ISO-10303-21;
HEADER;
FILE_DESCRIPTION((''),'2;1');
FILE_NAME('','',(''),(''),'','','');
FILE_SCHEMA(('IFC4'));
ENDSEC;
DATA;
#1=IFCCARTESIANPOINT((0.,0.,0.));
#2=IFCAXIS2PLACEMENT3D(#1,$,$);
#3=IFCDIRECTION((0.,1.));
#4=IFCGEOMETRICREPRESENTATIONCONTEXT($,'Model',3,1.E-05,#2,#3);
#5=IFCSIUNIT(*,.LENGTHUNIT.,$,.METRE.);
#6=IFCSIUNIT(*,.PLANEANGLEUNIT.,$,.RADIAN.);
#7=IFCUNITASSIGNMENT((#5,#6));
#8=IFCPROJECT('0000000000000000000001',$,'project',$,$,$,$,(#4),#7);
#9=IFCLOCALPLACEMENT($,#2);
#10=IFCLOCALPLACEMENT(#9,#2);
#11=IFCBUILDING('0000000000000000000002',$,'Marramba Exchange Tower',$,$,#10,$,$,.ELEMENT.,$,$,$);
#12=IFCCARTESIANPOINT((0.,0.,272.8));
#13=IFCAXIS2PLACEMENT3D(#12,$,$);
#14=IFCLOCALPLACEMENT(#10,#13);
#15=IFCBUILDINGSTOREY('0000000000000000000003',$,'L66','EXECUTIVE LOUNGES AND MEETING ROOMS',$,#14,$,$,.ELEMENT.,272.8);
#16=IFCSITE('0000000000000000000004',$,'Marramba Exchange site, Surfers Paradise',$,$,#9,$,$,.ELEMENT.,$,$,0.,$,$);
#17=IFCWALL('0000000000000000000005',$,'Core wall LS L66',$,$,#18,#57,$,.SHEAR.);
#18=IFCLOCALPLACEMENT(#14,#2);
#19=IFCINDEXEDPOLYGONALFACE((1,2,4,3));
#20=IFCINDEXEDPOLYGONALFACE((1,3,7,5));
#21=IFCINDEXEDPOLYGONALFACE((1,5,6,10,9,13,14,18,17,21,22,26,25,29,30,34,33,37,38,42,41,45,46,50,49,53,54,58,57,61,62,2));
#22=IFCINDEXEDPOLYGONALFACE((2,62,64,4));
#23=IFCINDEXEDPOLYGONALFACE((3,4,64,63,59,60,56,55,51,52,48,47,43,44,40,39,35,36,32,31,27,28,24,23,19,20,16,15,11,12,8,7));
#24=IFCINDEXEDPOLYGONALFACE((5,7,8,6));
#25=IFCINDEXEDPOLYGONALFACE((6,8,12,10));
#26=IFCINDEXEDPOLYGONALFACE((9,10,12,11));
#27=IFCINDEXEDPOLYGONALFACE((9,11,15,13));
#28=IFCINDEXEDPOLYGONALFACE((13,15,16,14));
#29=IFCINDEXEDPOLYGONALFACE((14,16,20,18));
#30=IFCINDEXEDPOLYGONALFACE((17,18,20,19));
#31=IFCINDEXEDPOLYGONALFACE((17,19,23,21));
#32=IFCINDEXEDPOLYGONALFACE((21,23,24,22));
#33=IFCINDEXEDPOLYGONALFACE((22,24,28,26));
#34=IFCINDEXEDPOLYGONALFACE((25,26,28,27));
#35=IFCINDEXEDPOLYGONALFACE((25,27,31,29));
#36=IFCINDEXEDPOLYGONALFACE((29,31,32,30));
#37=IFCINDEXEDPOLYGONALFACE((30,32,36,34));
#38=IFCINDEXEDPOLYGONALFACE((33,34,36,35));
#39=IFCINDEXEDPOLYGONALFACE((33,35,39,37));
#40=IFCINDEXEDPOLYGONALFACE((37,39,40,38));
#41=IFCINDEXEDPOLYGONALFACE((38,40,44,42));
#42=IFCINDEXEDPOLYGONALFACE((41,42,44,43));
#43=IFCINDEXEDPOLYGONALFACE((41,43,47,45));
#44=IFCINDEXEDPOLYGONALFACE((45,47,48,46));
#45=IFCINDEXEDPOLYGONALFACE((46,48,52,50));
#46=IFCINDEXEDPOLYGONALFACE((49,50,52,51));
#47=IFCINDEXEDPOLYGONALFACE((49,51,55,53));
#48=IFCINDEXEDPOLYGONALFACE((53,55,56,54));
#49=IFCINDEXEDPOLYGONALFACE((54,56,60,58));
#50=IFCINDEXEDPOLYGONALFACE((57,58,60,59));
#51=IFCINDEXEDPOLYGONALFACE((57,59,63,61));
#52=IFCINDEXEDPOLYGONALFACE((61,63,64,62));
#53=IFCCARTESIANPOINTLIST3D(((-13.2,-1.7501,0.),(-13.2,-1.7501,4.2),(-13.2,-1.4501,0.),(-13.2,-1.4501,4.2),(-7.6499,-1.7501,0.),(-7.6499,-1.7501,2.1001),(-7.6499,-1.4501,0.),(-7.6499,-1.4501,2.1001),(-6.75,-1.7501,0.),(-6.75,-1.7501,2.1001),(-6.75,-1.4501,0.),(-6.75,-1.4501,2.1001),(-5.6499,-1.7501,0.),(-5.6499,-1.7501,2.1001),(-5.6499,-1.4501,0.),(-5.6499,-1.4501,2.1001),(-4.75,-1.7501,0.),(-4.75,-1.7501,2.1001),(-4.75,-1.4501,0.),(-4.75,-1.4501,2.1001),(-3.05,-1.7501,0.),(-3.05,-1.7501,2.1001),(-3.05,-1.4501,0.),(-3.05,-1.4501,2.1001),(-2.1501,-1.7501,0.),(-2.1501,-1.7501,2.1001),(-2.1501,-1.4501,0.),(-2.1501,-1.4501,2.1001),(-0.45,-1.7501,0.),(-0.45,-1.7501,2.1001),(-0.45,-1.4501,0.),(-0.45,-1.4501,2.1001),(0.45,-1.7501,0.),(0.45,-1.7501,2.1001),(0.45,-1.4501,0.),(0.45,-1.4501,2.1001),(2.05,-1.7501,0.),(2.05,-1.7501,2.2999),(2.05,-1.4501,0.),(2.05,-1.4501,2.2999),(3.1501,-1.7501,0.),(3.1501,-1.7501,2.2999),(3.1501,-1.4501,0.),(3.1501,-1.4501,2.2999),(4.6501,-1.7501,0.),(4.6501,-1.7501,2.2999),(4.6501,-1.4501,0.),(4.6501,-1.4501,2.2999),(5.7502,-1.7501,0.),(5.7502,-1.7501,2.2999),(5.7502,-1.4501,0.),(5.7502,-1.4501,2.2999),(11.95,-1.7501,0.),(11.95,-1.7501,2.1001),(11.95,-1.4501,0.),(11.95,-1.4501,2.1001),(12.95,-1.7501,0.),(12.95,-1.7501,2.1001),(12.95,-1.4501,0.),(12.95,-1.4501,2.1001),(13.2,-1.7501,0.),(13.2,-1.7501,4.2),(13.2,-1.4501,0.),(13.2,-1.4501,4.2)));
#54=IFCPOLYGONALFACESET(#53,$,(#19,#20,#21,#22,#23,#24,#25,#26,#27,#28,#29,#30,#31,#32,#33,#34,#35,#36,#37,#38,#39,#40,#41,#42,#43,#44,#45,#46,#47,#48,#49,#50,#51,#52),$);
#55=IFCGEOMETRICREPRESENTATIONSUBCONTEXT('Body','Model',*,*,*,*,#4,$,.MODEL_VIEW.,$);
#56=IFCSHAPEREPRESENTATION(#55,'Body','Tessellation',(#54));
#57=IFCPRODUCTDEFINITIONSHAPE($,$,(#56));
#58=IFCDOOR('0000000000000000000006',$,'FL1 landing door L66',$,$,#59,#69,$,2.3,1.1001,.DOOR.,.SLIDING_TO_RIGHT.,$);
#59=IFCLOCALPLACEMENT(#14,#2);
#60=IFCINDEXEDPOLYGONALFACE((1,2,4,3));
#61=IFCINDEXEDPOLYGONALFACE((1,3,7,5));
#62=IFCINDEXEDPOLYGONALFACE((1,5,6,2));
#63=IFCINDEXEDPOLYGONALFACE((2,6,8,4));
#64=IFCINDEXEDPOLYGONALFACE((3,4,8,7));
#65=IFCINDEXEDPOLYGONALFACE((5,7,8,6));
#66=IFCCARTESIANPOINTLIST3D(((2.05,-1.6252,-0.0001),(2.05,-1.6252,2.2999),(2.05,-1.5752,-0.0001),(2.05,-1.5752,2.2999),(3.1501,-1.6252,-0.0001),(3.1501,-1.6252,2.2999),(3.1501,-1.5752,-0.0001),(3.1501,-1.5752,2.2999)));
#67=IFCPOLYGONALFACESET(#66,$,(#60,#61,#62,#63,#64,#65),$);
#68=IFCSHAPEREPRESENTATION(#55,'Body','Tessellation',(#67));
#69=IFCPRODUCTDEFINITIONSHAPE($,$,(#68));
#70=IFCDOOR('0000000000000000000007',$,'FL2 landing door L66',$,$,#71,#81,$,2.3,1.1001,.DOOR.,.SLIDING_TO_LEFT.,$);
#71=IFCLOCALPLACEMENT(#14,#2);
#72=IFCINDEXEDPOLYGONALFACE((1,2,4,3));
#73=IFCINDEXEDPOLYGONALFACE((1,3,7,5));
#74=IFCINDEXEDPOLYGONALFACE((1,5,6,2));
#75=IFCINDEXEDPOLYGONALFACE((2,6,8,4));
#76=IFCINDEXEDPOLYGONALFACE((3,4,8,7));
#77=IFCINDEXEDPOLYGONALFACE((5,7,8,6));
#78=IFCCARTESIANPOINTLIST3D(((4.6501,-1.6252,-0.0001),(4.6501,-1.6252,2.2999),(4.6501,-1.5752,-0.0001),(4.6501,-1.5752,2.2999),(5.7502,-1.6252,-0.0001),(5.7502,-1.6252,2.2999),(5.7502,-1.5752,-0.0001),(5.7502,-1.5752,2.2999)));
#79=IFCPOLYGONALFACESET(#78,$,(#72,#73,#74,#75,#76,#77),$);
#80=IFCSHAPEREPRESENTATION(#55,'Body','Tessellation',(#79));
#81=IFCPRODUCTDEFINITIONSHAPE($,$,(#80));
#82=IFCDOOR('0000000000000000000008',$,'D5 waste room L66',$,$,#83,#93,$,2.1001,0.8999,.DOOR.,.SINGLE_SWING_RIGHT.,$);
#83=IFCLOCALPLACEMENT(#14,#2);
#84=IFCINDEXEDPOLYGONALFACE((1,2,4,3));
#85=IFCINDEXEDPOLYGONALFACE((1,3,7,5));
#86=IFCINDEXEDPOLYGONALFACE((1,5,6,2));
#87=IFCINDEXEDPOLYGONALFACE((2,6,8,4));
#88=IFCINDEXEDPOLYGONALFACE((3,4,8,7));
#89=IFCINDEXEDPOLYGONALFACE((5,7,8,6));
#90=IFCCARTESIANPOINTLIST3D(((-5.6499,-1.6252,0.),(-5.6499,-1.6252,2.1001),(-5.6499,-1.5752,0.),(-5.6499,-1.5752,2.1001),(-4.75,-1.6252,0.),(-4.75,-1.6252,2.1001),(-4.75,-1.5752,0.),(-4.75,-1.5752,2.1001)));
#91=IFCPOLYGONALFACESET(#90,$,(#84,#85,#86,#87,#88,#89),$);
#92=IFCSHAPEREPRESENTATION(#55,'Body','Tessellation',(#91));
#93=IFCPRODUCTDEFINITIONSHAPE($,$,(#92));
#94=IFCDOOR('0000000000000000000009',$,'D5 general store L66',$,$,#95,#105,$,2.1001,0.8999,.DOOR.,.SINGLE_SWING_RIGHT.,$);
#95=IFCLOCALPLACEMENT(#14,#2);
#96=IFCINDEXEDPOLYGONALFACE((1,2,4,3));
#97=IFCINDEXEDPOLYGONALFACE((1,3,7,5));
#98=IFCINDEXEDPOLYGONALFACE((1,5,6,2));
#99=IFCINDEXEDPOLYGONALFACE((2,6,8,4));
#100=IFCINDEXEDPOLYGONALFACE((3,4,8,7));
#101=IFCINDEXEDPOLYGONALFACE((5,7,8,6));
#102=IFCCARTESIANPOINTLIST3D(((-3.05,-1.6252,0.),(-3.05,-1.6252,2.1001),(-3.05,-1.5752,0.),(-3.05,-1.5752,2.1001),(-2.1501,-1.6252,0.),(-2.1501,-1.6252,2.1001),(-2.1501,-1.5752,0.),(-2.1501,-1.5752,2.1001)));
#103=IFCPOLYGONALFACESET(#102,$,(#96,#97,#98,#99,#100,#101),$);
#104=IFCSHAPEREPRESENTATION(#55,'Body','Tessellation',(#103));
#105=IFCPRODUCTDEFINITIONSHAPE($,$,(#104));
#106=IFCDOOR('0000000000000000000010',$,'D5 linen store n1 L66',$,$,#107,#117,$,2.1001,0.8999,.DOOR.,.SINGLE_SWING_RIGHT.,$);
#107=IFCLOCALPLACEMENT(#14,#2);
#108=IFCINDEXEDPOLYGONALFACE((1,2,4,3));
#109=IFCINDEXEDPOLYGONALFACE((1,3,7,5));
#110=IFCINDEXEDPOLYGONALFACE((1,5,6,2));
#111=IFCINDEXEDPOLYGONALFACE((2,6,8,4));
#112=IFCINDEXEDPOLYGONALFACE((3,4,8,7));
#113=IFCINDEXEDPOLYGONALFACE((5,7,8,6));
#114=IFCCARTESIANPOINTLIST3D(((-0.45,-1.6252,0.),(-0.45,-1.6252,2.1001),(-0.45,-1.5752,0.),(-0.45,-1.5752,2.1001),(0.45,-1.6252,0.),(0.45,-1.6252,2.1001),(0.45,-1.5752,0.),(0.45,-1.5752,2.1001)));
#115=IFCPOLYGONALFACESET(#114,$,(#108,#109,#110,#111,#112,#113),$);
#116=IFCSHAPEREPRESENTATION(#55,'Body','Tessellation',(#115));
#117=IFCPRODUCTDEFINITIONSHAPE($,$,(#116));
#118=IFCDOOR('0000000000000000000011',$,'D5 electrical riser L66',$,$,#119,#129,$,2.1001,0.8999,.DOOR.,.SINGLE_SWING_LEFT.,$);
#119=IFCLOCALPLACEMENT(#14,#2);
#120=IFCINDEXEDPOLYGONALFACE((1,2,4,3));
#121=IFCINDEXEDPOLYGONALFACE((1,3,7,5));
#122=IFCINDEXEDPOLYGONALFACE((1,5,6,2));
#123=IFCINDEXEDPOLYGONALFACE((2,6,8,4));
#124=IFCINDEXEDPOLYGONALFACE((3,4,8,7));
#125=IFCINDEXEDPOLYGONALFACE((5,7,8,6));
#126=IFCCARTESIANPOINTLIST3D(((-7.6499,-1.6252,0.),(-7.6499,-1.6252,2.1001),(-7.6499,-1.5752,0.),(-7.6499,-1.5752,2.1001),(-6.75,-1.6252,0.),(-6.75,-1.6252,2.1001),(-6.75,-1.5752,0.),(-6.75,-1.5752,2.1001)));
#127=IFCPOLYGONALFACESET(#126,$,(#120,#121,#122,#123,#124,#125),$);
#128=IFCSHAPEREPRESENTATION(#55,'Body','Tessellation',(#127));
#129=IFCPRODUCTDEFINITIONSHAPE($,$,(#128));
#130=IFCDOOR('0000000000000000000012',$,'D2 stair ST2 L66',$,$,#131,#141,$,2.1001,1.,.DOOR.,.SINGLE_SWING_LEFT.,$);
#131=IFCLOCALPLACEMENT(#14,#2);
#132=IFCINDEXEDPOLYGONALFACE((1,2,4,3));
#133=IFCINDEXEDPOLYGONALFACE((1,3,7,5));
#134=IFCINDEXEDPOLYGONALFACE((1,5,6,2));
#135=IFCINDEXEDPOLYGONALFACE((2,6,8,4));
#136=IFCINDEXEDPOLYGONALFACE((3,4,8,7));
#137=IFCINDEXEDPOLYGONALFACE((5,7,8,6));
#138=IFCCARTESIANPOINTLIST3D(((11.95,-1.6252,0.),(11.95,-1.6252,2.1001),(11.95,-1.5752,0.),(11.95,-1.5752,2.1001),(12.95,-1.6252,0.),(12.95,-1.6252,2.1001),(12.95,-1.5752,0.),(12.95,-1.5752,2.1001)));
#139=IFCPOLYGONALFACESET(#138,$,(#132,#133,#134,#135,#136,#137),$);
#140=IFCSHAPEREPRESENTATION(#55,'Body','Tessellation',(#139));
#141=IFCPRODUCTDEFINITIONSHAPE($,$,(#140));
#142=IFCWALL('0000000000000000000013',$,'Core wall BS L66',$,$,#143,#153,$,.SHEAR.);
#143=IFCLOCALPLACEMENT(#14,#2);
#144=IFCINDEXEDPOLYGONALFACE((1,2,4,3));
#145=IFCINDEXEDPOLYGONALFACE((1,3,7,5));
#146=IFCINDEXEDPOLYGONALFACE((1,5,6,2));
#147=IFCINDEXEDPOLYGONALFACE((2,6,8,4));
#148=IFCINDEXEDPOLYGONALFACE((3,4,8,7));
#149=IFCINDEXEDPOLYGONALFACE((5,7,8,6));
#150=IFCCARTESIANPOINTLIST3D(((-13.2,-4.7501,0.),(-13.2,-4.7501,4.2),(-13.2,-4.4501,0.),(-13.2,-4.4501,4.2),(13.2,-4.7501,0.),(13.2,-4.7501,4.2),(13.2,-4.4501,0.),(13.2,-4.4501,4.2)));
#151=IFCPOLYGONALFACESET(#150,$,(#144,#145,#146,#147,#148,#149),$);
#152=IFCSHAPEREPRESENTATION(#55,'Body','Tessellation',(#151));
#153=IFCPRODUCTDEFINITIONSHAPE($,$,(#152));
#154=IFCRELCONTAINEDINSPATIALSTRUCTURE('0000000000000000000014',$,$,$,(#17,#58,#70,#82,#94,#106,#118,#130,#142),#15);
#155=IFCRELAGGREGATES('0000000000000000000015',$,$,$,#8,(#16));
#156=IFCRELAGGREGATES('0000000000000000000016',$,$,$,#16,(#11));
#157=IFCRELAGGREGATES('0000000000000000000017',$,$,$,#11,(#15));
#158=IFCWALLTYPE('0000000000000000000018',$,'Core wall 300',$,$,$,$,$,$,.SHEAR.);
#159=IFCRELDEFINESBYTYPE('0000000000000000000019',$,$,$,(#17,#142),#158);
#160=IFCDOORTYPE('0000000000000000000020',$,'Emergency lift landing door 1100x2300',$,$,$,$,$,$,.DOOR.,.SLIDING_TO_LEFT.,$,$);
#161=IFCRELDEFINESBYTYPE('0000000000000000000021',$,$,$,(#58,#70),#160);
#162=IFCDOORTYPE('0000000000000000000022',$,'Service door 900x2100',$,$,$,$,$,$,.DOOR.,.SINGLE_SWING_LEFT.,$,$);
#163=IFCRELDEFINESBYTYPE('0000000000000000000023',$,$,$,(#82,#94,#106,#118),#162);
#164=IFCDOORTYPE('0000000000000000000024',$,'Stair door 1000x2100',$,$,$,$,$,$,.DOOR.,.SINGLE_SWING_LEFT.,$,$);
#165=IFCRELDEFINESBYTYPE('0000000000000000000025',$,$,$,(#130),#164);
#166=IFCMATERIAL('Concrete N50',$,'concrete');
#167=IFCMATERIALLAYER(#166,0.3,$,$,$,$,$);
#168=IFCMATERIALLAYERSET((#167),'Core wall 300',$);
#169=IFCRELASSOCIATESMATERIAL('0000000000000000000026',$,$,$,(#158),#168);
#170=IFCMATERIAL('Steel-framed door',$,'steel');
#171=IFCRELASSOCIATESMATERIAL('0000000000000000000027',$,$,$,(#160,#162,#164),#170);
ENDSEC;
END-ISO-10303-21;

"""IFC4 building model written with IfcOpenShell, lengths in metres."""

from ifc_helpers import new_model, si_unit, direction, frame, frame_2d, origin, place, context, subcontext, project, spatial, rectangle, extrude, material, layer, layer_set, type_object, element, fill, save


model = new_model("IFC4")

# Units and contexts
model_context = context("Model", 3, precision=1e-05, world=origin(), true_north=direction((0.0, 1.0)))
body_context = subcontext(model_context, "Body", "Model", "MODEL_VIEW")
ifc_project = project(units=[si_unit("LENGTHUNIT", "METRE"), si_unit("PLANEANGLEUNIT", "RADIAN")], contexts=[model_context])

# Site, building, storey
site_placement = place(None, origin())
site = spatial("IfcSite", under=ifc_project, at=site_placement, Name="Marramba Exchange site, Surfers Paradise", CompositionType="ELEMENT", RefElevation=0.0)
building_placement = place(site_placement, origin())
building = spatial("IfcBuilding", under=site, at=building_placement, Name="Marramba Exchange Tower", CompositionType="ELEMENT")
storey_placement = place(building_placement, frame((0.0, 0.0, 272.8)))
storey = spatial("IfcBuildingStorey", under=building, at=storey_placement, Name="L66", Description="EXECUTIVE LOUNGES AND MEETING ROOMS", CompositionType="ELEMENT", Elevation=272.8)

# Shared definitions
ifc_material_1 = material(Name="Concrete N50", Category="concrete")

# Wall, openings, doors
ifc_layer_1 = layer(ifc_material_1, 0.3)
ifc_layer_set_1 = layer_set([ifc_layer_1], Name="Core wall 300")
wall_type_1 = type_object("IfcWallType", Name="Core wall 300", PredefinedType="SHEAR", material=ifc_layer_set_1)
wall_1_placement = place(storey_placement, frame((-13.2, -1.6001, 0.0), z_axis=(0.0, 0.0, 1.0), x_axis=(1.0, 0.0, 0.0)))
wall_1 = element("IfcWall", 1, at=wall_1_placement, inside=storey, type_object=wall_type_1, Name="Core wall LS L66", PredefinedType="SHEAR", context=body_context, shape_type="SweptSolid", body=[
    extrude(rectangle(XDim=26.3999, YDim=0.3, at=frame_2d((13.2, 0.0))), origin(), (0.0, 0.0, 1.0), 4.2),
])
opening_1_placement = place(wall_1_placement, frame((25.1499, 0.0, 0.0)))
opening_1 = element("IfcOpeningElement", 2, at=opening_1_placement, cuts=wall_1, PredefinedType="OPENING", context=body_context, shape_type="SweptSolid", body=[
    extrude(rectangle(XDim=1.0, YDim=2.1001, at=frame_2d((0.5, 1.05))), frame((0.0, 0.1599, 0.0), z_axis=(0.0, -1.0, 0.0), x_axis=(1.0, 0.0, 0.0)), (0.0, 0.0, 1.0), 0.3201),
])
opening_2_placement = place(wall_1_placement, frame((7.55, 0.0, 0.0)))
opening_2 = element("IfcOpeningElement", 3, at=opening_2_placement, cuts=wall_1, PredefinedType="OPENING", context=body_context, shape_type="SweptSolid", body=[
    extrude(rectangle(XDim=0.8999, YDim=2.1001, at=frame_2d((0.45, 1.05))), frame((0.0, 0.1599, 0.0), z_axis=(0.0, -1.0, 0.0), x_axis=(1.0, 0.0, 0.0)), (0.0, 0.0, 1.0), 0.3201),
])
opening_3_placement = place(wall_1_placement, frame((10.1499, 0.0, 0.0)))
opening_3 = element("IfcOpeningElement", 4, at=opening_3_placement, cuts=wall_1, PredefinedType="OPENING", context=body_context, shape_type="SweptSolid", body=[
    extrude(rectangle(XDim=0.8999, YDim=2.1001, at=frame_2d((0.45, 1.05))), frame((0.0, 0.1599, 0.0), z_axis=(0.0, -1.0, 0.0), x_axis=(1.0, 0.0, 0.0)), (0.0, 0.0, 1.0), 0.3201),
])
opening_4_placement = place(wall_1_placement, frame((12.75, 0.0, 0.0)))
opening_4 = element("IfcOpeningElement", 5, at=opening_4_placement, cuts=wall_1, PredefinedType="OPENING", context=body_context, shape_type="SweptSolid", body=[
    extrude(rectangle(XDim=0.8999, YDim=2.1001, at=frame_2d((0.45, 1.05))), frame((0.0, 0.1599, 0.0), z_axis=(0.0, -1.0, 0.0), x_axis=(1.0, 0.0, 0.0)), (0.0, 0.0, 1.0), 0.3201),
])
opening_5_placement = place(wall_1_placement, frame((15.25, 0.0, 0.0)))
opening_5 = element("IfcOpeningElement", 6, at=opening_5_placement, cuts=wall_1, PredefinedType="OPENING", context=body_context, shape_type="SweptSolid", body=[
    extrude(rectangle(XDim=1.1001, YDim=2.3, at=frame_2d((0.55, 1.1499))), frame((0.0, 0.1599, 0.0), z_axis=(0.0, -1.0, 0.0), x_axis=(1.0, 0.0, 0.0)), (0.0, 0.0, 1.0), 0.3201),
])
opening_6_placement = place(wall_1_placement, frame((17.8501, 0.0, 0.0)))
opening_6 = element("IfcOpeningElement", 7, at=opening_6_placement, cuts=wall_1, PredefinedType="OPENING", context=body_context, shape_type="SweptSolid", body=[
    extrude(rectangle(XDim=1.1001, YDim=2.3, at=frame_2d((0.55, 1.1499))), frame((0.0, 0.1599, 0.0), z_axis=(0.0, -1.0, 0.0), x_axis=(1.0, 0.0, 0.0)), (0.0, 0.0, 1.0), 0.3201),
])
opening_7_placement = place(wall_1_placement, frame((5.55, 0.0, 0.0)))
opening_7 = element("IfcOpeningElement", 8, at=opening_7_placement, cuts=wall_1, PredefinedType="OPENING", context=body_context, shape_type="SweptSolid", body=[
    extrude(rectangle(XDim=0.8999, YDim=2.1001, at=frame_2d((0.45, 1.05))), frame((0.0, 0.1599, 0.0), z_axis=(0.0, -1.0, 0.0), x_axis=(1.0, 0.0, 0.0)), (0.0, 0.0, 1.0), 0.3201),
])
ifc_material_2 = material(Name="Steel-framed door", Category="steel")
door_type_1 = type_object("IfcDoorType", Name="Emergency lift landing door 1100x2300", OperationType="SLIDING_TO_LEFT", PredefinedType="DOOR", material=ifc_material_2)
door_1_placement = place(opening_5_placement, frame((1.1001, 0.0, 0.0), z_axis=(0.0, 0.0, 1.0), x_axis=(-1.0, 0.0, 0.0)))
door_1 = element("IfcDoor", 9, at=door_1_placement, inside=storey, type_object=door_type_1, Name="FL1 landing door L66", OperationType="SLIDING_TO_RIGHT", OverallHeight=2.3, OverallWidth=1.1001, PredefinedType="DOOR", context=body_context, shape_type="SweptSolid", body=[
    extrude(rectangle(XDim=1.1001, YDim=2.3, at=frame_2d((0.55, 1.1499))), frame((0.0, 0.0251, 0.0), z_axis=(0.0, -1.0, 0.0), x_axis=(1.0, 0.0, 0.0)), (0.0, 0.0, 1.0), 0.05),
])
fill(opening_5, door_1)
door_2_placement = place(opening_6_placement, frame((1.1001, 0.0, 0.0), z_axis=(0.0, 0.0, 1.0), x_axis=(-1.0, 0.0, 0.0)))
door_2 = element("IfcDoor", 10, at=door_2_placement, inside=storey, type_object=door_type_1, Name="FL2 landing door L66", OperationType="SLIDING_TO_LEFT", OverallHeight=2.3, OverallWidth=1.1001, PredefinedType="DOOR", context=body_context, shape_type="SweptSolid", body=[
    extrude(rectangle(XDim=1.1001, YDim=2.3, at=frame_2d((0.55, 1.1499))), frame((0.0, 0.0251, 0.0), z_axis=(0.0, -1.0, 0.0), x_axis=(1.0, 0.0, 0.0)), (0.0, 0.0, 1.0), 0.05),
])
fill(opening_6, door_2)
door_type_2 = type_object("IfcDoorType", Name="Service door 900x2100", OperationType="SINGLE_SWING_LEFT", PredefinedType="DOOR", material=ifc_material_2)
door_3_placement = place(opening_2_placement, frame((0.8999, 0.0, 0.0), z_axis=(0.0, 0.0, 1.0), x_axis=(-1.0, 0.0, 0.0)))
door_3 = element("IfcDoor", 11, at=door_3_placement, inside=storey, type_object=door_type_2, Name="D5 waste room L66", OperationType="SINGLE_SWING_RIGHT", OverallHeight=2.1001, OverallWidth=0.8999, PredefinedType="DOOR", context=body_context, shape_type="SweptSolid", body=[
    extrude(rectangle(XDim=0.8999, YDim=2.1001, at=frame_2d((0.45, 1.05))), frame((0.0, 0.0251, 0.0), z_axis=(0.0, -1.0, 0.0), x_axis=(1.0, 0.0, 0.0)), (0.0, 0.0, 1.0), 0.05),
])
fill(opening_2, door_3)
door_4_placement = place(opening_3_placement, frame((0.8999, 0.0, 0.0), z_axis=(0.0, 0.0, 1.0), x_axis=(-1.0, 0.0, 0.0)))
door_4 = element("IfcDoor", 12, at=door_4_placement, inside=storey, type_object=door_type_2, Name="D5 general store L66", OperationType="SINGLE_SWING_RIGHT", OverallHeight=2.1001, OverallWidth=0.8999, PredefinedType="DOOR", context=body_context, shape_type="SweptSolid", body=[
    extrude(rectangle(XDim=0.8999, YDim=2.1001, at=frame_2d((0.45, 1.05))), frame((0.0, 0.0251, 0.0), z_axis=(0.0, -1.0, 0.0), x_axis=(1.0, 0.0, 0.0)), (0.0, 0.0, 1.0), 0.05),
])
fill(opening_3, door_4)
door_5_placement = place(opening_4_placement, frame((0.8999, 0.0, 0.0), z_axis=(0.0, 0.0, 1.0), x_axis=(-1.0, 0.0, 0.0)))
door_5 = element("IfcDoor", 13, at=door_5_placement, inside=storey, type_object=door_type_2, Name="D5 linen store n1 L66", OperationType="SINGLE_SWING_RIGHT", OverallHeight=2.1001, OverallWidth=0.8999, PredefinedType="DOOR", context=body_context, shape_type="SweptSolid", body=[
    extrude(rectangle(XDim=0.8999, YDim=2.1001, at=frame_2d((0.45, 1.05))), frame((0.0, 0.0251, 0.0), z_axis=(0.0, -1.0, 0.0), x_axis=(1.0, 0.0, 0.0)), (0.0, 0.0, 1.0), 0.05),
])
fill(opening_4, door_5)
door_6_placement = place(opening_7_placement, frame((0.8999, 0.0, 0.0), z_axis=(0.0, 0.0, 1.0), x_axis=(-1.0, 0.0, 0.0)))
door_6 = element("IfcDoor", 14, at=door_6_placement, inside=storey, type_object=door_type_2, Name="D5 electrical riser L66", OperationType="SINGLE_SWING_LEFT", OverallHeight=2.1001, OverallWidth=0.8999, PredefinedType="DOOR", context=body_context, shape_type="SweptSolid", body=[
    extrude(rectangle(XDim=0.8999, YDim=2.1001, at=frame_2d((0.45, 1.05))), frame((0.0, 0.0251, 0.0), z_axis=(0.0, -1.0, 0.0), x_axis=(1.0, 0.0, 0.0)), (0.0, 0.0, 1.0), 0.05),
])
fill(opening_7, door_6)
door_type_3 = type_object("IfcDoorType", Name="Stair door 1000x2100", OperationType="SINGLE_SWING_LEFT", PredefinedType="DOOR", material=ifc_material_2)
door_7_placement = place(opening_1_placement, frame((1.0, 0.0, 0.0), z_axis=(0.0, 0.0, 1.0), x_axis=(-1.0, 0.0, 0.0)))
door_7 = element("IfcDoor", 15, at=door_7_placement, inside=storey, type_object=door_type_3, Name="D2 stair ST2 L66", OperationType="SINGLE_SWING_LEFT", OverallHeight=2.1001, OverallWidth=1.0, PredefinedType="DOOR", context=body_context, shape_type="SweptSolid", body=[
    extrude(rectangle(XDim=1.0, YDim=2.1001, at=frame_2d((0.5, 1.05))), frame((0.0, 0.0251, 0.0), z_axis=(0.0, -1.0, 0.0), x_axis=(1.0, 0.0, 0.0)), (0.0, 0.0, 1.0), 0.05),
])
fill(opening_1, door_7)

# Wall
wall_2_placement = place(storey_placement, frame((-13.2, -4.6001, 0.0), z_axis=(0.0, 0.0, 1.0), x_axis=(1.0, 0.0, 0.0)))
element("IfcWall", 16, at=wall_2_placement, inside=storey, type_object=wall_type_1, Name="Core wall BS L66", PredefinedType="SHEAR", context=body_context, shape_type="SweptSolid", body=[
    extrude(rectangle(XDim=26.3999, YDim=0.3, at=frame_2d((13.2, 0.0))), origin(), (0.0, 0.0, 1.0), 4.2),
])

save(model, "model.ifc")
